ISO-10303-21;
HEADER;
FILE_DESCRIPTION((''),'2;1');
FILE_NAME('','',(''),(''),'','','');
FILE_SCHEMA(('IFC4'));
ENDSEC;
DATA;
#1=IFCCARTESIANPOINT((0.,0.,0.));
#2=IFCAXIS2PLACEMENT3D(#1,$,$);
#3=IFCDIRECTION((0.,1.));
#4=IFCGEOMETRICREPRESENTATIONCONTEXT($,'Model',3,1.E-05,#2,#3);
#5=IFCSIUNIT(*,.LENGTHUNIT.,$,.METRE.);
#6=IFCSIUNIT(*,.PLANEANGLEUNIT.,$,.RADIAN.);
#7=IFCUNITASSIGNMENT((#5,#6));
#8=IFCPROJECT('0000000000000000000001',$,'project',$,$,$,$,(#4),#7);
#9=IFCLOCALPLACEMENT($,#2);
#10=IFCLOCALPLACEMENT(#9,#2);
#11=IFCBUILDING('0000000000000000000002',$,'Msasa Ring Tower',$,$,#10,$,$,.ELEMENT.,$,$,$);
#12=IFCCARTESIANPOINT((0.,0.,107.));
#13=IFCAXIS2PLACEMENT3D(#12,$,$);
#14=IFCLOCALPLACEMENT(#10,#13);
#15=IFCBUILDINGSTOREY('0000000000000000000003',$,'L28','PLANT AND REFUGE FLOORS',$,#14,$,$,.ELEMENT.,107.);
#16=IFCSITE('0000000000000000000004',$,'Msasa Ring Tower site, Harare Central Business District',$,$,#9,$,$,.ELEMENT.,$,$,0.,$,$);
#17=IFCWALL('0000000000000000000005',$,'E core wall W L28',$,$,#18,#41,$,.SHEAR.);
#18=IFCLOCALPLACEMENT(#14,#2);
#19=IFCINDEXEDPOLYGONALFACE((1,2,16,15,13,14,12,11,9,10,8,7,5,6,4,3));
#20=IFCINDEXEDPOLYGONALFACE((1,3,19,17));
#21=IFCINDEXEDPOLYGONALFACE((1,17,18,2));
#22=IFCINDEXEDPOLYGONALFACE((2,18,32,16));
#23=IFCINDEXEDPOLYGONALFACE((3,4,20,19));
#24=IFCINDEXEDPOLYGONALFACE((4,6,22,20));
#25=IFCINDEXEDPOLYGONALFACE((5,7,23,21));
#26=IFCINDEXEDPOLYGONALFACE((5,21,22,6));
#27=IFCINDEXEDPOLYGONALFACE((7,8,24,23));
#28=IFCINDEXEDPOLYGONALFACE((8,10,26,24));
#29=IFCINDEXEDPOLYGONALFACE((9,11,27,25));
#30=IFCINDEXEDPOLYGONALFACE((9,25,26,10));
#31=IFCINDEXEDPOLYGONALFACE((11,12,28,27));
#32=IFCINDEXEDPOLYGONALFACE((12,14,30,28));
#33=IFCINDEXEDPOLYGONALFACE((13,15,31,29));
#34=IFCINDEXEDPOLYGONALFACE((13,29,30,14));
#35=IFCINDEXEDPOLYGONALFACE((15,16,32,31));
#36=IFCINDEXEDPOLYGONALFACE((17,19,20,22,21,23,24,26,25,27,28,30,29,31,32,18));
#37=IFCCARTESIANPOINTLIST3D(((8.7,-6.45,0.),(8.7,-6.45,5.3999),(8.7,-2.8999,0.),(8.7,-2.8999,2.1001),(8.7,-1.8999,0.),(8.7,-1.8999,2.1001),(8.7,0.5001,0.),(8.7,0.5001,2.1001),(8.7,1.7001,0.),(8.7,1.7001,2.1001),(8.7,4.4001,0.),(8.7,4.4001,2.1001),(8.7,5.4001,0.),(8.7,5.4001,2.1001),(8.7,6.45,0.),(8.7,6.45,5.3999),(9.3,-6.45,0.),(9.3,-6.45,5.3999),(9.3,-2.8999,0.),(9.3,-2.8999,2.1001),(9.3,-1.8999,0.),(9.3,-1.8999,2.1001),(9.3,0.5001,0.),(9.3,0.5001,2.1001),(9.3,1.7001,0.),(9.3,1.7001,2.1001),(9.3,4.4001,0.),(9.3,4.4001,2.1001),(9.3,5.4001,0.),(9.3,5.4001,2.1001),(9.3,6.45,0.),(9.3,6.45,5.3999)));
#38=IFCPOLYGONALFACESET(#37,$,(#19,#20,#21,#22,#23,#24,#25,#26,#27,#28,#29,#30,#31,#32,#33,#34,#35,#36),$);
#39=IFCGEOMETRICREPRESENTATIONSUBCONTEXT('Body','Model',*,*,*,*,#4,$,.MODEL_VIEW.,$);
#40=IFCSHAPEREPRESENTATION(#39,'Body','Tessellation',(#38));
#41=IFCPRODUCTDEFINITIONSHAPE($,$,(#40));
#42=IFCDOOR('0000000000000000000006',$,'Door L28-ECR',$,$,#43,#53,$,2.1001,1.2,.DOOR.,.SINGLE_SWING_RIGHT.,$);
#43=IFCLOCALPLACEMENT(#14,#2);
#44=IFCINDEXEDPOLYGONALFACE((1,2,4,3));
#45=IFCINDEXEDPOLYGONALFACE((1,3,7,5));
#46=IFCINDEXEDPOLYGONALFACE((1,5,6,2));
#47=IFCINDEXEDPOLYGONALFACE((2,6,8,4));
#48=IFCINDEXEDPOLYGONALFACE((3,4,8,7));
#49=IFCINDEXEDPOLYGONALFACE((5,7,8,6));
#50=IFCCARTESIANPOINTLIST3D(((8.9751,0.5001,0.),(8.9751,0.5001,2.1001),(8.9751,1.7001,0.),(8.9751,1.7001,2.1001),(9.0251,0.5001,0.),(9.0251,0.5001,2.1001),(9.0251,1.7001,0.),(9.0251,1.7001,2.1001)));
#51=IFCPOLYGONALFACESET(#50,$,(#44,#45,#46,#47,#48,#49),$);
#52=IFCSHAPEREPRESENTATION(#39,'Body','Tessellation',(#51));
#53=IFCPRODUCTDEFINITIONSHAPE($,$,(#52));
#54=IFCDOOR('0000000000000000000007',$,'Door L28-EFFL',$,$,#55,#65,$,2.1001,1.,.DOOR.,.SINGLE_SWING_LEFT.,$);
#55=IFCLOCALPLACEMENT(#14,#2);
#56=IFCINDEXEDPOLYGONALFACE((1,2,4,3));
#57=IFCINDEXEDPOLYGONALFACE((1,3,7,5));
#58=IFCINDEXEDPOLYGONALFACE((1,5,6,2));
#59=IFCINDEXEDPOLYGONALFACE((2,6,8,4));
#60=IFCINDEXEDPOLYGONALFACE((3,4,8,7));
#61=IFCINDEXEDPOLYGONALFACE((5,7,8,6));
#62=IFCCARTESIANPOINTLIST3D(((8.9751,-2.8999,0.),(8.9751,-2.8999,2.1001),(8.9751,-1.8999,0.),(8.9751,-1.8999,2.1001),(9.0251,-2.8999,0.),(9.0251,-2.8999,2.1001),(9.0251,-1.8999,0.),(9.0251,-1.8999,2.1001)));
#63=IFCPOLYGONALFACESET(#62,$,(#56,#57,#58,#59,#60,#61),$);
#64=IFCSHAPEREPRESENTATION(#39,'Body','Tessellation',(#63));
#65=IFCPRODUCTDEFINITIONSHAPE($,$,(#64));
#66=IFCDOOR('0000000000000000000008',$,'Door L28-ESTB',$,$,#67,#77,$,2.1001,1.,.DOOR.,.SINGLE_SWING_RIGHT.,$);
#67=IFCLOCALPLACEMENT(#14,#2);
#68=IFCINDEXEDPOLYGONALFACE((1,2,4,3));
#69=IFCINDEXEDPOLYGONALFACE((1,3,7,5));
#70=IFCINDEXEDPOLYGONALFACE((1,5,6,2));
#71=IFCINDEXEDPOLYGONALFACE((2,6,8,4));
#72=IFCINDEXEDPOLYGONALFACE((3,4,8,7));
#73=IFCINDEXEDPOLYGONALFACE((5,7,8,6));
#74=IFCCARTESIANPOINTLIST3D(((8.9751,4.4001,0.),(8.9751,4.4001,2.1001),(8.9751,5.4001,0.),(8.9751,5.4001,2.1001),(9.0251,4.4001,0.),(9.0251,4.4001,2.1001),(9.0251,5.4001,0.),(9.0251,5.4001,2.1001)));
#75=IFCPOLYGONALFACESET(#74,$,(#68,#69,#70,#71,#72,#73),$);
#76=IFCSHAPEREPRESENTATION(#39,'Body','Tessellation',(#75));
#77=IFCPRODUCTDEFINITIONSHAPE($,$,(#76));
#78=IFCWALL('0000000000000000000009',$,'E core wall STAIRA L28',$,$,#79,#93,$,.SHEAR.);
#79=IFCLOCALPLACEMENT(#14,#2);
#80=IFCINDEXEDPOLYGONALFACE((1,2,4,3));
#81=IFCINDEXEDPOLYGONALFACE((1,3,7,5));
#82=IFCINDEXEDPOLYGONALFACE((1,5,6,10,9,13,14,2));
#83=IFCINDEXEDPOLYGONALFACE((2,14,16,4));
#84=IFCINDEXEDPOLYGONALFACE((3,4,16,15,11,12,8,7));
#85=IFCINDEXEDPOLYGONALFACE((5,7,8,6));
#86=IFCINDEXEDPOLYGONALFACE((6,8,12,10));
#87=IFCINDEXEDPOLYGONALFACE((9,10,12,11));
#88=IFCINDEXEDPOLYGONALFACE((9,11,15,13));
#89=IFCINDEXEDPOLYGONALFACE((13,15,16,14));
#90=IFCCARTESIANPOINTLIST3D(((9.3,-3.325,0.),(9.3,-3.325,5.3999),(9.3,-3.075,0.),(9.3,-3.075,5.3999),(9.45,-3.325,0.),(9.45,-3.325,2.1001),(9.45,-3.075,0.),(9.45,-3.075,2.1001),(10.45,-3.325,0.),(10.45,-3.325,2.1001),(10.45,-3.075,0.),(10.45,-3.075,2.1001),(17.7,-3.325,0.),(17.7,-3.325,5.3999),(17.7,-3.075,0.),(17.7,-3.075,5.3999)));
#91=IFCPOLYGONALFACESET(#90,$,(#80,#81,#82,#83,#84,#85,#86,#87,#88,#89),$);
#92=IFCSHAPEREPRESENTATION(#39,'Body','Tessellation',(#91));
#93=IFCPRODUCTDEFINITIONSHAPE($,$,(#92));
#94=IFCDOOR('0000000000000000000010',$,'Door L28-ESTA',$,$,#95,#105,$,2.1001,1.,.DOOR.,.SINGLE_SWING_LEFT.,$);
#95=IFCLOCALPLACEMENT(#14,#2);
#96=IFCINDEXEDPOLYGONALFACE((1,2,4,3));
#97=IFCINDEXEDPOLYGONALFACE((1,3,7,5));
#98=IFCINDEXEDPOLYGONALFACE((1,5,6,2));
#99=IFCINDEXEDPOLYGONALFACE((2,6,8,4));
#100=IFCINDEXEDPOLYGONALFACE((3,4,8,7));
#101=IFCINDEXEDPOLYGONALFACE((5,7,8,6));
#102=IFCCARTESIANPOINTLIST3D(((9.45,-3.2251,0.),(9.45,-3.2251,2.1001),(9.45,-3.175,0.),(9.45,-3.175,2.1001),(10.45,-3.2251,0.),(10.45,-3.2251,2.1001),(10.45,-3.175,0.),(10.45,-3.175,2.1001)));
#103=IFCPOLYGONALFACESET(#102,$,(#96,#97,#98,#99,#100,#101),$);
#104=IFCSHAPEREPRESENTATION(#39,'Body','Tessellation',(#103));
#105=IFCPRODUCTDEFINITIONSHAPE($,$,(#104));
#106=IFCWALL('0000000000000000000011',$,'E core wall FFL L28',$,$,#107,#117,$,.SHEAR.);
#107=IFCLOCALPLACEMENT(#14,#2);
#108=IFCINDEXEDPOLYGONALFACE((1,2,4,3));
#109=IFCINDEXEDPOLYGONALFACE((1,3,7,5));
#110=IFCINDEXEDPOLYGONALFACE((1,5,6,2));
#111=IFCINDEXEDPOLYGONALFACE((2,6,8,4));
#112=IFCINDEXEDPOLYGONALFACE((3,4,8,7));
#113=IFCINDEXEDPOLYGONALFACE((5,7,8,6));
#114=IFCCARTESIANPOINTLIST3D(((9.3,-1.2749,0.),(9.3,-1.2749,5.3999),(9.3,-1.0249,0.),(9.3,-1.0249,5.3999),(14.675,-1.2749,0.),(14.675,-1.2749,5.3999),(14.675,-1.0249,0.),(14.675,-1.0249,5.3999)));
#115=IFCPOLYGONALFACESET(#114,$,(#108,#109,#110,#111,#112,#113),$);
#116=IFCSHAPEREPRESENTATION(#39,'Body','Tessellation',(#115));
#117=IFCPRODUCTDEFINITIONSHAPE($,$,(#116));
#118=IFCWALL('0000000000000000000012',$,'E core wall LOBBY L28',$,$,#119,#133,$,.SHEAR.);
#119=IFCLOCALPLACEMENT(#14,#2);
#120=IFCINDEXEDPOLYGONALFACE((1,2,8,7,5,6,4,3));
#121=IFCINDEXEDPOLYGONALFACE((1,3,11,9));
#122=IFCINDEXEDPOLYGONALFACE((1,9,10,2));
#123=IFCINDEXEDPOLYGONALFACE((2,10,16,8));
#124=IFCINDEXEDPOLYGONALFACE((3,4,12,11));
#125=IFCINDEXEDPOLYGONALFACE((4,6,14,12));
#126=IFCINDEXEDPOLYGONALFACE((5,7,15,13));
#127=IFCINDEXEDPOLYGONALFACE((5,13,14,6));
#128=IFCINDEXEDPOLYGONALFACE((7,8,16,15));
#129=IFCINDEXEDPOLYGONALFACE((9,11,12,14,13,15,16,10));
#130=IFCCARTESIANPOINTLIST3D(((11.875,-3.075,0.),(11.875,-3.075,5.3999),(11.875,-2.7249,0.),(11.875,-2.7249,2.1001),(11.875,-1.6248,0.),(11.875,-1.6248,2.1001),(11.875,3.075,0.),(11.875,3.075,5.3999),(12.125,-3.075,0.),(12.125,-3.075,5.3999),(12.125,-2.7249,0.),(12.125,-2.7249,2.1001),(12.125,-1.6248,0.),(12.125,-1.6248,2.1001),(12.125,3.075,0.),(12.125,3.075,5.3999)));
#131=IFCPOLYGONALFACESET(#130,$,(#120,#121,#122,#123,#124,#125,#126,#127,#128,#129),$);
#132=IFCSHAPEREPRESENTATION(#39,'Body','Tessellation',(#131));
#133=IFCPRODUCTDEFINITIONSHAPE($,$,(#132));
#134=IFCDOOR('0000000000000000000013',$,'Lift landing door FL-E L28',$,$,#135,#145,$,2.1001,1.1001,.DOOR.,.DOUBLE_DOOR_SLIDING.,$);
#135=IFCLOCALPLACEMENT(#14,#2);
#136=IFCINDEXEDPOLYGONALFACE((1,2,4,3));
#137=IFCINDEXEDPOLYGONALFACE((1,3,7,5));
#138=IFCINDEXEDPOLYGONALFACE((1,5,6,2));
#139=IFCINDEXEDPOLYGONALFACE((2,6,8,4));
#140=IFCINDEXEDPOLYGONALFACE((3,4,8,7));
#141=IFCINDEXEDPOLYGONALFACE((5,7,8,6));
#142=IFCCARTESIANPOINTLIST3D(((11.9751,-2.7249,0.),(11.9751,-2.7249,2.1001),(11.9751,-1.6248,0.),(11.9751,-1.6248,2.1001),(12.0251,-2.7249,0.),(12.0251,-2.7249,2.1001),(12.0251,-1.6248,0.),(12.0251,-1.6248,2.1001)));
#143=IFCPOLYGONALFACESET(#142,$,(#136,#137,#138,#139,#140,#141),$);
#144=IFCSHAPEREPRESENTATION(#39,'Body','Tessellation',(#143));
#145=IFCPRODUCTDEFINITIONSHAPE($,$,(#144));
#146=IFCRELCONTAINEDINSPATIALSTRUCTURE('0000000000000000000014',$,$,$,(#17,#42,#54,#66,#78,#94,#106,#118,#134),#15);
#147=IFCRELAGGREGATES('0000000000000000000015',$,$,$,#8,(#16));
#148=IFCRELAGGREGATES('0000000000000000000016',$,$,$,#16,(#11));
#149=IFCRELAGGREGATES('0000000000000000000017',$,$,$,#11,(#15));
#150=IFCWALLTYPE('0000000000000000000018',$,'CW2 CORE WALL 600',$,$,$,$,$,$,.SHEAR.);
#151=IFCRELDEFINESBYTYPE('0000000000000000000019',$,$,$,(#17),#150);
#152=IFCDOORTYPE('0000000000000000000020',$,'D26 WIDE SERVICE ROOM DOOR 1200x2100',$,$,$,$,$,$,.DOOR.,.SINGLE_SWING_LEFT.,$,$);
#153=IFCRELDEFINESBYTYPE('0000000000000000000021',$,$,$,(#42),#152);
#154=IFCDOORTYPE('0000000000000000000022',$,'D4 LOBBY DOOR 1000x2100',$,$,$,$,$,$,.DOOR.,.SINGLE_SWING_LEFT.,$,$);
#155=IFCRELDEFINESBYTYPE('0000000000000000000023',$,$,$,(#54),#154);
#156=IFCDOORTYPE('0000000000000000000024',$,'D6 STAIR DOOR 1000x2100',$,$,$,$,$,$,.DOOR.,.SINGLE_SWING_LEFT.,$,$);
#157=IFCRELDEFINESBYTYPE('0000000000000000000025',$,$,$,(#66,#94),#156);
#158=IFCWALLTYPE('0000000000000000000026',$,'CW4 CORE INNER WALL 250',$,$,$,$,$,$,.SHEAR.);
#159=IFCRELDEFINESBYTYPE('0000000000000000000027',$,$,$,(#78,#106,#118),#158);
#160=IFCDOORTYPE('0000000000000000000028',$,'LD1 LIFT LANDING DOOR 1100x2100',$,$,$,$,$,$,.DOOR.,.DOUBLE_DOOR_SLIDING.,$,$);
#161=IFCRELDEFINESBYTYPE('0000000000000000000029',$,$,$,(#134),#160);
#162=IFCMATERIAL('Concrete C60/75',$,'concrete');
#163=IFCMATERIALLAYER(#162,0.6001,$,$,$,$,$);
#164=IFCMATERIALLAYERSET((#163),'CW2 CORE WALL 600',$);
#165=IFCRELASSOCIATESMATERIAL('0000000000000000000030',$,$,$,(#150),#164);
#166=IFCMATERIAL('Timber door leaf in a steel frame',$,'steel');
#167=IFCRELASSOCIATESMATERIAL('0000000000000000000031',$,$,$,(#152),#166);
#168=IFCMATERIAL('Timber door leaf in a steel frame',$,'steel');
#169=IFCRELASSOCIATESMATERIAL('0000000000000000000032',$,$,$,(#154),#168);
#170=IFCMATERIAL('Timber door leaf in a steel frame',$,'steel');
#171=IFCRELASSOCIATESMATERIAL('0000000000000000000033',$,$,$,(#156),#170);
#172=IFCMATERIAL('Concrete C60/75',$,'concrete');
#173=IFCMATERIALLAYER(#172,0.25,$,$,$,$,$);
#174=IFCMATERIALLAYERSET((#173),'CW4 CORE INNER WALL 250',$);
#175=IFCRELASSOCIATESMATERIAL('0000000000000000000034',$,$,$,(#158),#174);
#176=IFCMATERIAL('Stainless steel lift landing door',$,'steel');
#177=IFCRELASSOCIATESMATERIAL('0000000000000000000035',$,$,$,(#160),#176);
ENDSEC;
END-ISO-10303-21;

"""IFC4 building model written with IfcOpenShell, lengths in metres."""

from ifc_helpers import new_model, si_unit, direction, frame, frame_2d, origin, place, context, subcontext, project, spatial, rectangle, extrude, material, layer, layer_set, type_object, element, fill, save


model = new_model("IFC4")

# Units and contexts
model_context = context("Model", 3, precision=1e-05, world=origin(), true_north=direction((0.0, 1.0)))
body_context = subcontext(model_context, "Body", "Model", "MODEL_VIEW")
ifc_project = project(units=[si_unit("LENGTHUNIT", "METRE"), si_unit("PLANEANGLEUNIT", "RADIAN")], contexts=[model_context])

# Site, building, storey
site_placement = place(None, origin())
site = spatial("IfcSite", under=ifc_project, at=site_placement, Name="Msasa Ring Tower site, Harare Central Business District", CompositionType="ELEMENT", RefElevation=0.0)
building_placement = place(site_placement, origin())
building = spatial("IfcBuilding", under=site, at=building_placement, Name="Msasa Ring Tower", CompositionType="ELEMENT")
storey_placement = place(building_placement, frame((0.0, 0.0, 107.0)))
storey = spatial("IfcBuildingStorey", under=building, at=storey_placement, Name="L28", Description="PLANT AND REFUGE FLOORS", CompositionType="ELEMENT", Elevation=107.0)

# Shared definitions
ifc_material_1 = material(Name="Concrete C60/75", Category="concrete")
ifc_layer_1 = layer(ifc_material_1, 0.6001)
ifc_layer_set_1 = layer_set([ifc_layer_1], Name="CW2 CORE WALL 600")
wall_type_1 = type_object("IfcWallType", Name="CW2 CORE WALL 600", PredefinedType="SHEAR", material=ifc_layer_set_1)

# Wall, openings, doors
wall_1_placement = place(storey_placement, frame((9.0, -6.45, 0.0), z_axis=(0.0, 0.0, 1.0), x_axis=(0.0, 1.0, 0.0)))
wall_1 = element("IfcWall", 1, at=wall_1_placement, inside=storey, type_object=wall_type_1, Name="E core wall W L28", PredefinedType="SHEAR", context=body_context, shape_type="SweptSolid", body=[
    extrude(rectangle(XDim=12.8999, YDim=0.6001, at=frame_2d((6.45, 0.0))), origin(), (0.0, 0.0, 1.0), 5.3999),
])
opening_1_placement = place(wall_1_placement, frame((3.55, 0.0, 0.0)))
opening_1 = element("IfcOpeningElement", 2, at=opening_1_placement, cuts=wall_1, PredefinedType="OPENING", context=body_context, shape_type="SweptSolid", body=[
    extrude(rectangle(XDim=1.0, YDim=2.1001, at=frame_2d((0.5, 1.05))), frame((0.0, 0.3101, 0.0), z_axis=(0.0, -1.0, 0.0), x_axis=(1.0, 0.0, 0.0)), (0.0, 0.0, 1.0), 0.6201),
])
opening_2_placement = place(wall_1_placement, frame((6.95, 0.0, 0.0)))
opening_2 = element("IfcOpeningElement", 3, at=opening_2_placement, cuts=wall_1, PredefinedType="OPENING", context=body_context, shape_type="SweptSolid", body=[
    extrude(rectangle(XDim=1.2, YDim=2.1001, at=frame_2d((0.6001, 1.05))), frame((0.0, 0.3101, 0.0), z_axis=(0.0, -1.0, 0.0), x_axis=(1.0, 0.0, 0.0)), (0.0, 0.0, 1.0), 0.6201),
])
opening_3_placement = place(wall_1_placement, frame((10.8501, 0.0, 0.0)))
opening_3 = element("IfcOpeningElement", 4, at=opening_3_placement, cuts=wall_1, PredefinedType="OPENING", context=body_context, shape_type="SweptSolid", body=[
    extrude(rectangle(XDim=1.0, YDim=2.1001, at=frame_2d((0.5, 1.05))), frame((0.0, 0.3101, 0.0), z_axis=(0.0, -1.0, 0.0), x_axis=(1.0, 0.0, 0.0)), (0.0, 0.0, 1.0), 0.6201),
])
ifc_material_2 = material(Name="Timber door leaf in a steel frame", Category="steel")
door_type_1 = type_object("IfcDoorType", Name="D26 WIDE SERVICE ROOM DOOR 1200x2100", OperationType="SINGLE_SWING_LEFT", PredefinedType="DOOR", material=ifc_material_2)
door_1_placement = place(opening_2_placement, origin())
door_1 = element("IfcDoor", 5, at=door_1_placement, inside=storey, type_object=door_type_1, Name="Door L28-ECR", OperationType="SINGLE_SWING_RIGHT", OverallHeight=2.1001, OverallWidth=1.2, PredefinedType="DOOR", context=body_context, shape_type="SweptSolid", body=[
    extrude(rectangle(XDim=1.2, YDim=2.1001, at=frame_2d((0.6001, 1.05))), frame((0.0, 0.0249, 0.0), z_axis=(0.0, -1.0, 0.0), x_axis=(1.0, 0.0, 0.0)), (0.0, 0.0, 1.0), 0.05),
])
fill(opening_2, door_1)
ifc_material_3 = material(Name="Timber door leaf in a steel frame", Category="steel")
door_type_2 = type_object("IfcDoorType", Name="D4 LOBBY DOOR 1000x2100", OperationType="SINGLE_SWING_LEFT", PredefinedType="DOOR", material=ifc_material_3)
door_2_placement = place(opening_1_placement, origin())
door_2 = element("IfcDoor", 6, at=door_2_placement, inside=storey, type_object=door_type_2, Name="Door L28-EFFL", OperationType="SINGLE_SWING_LEFT", OverallHeight=2.1001, OverallWidth=1.0, PredefinedType="DOOR", context=body_context, shape_type="SweptSolid", body=[
    extrude(rectangle(XDim=1.0, YDim=2.1001, at=frame_2d((0.5, 1.05))), frame((0.0, 0.0249, 0.0), z_axis=(0.0, -1.0, 0.0), x_axis=(1.0, 0.0, 0.0)), (0.0, 0.0, 1.0), 0.05),
])
fill(opening_1, door_2)
ifc_material_4 = material(Name="Timber door leaf in a steel frame", Category="steel")
door_type_3 = type_object("IfcDoorType", Name="D6 STAIR DOOR 1000x2100", OperationType="SINGLE_SWING_LEFT", PredefinedType="DOOR", material=ifc_material_4)
door_3_placement = place(opening_3_placement, origin())
door_3 = element("IfcDoor", 7, at=door_3_placement, inside=storey, type_object=door_type_3, Name="Door L28-ESTB", OperationType="SINGLE_SWING_RIGHT", OverallHeight=2.1001, OverallWidth=1.0, PredefinedType="DOOR", context=body_context, shape_type="SweptSolid", body=[
    extrude(rectangle(XDim=1.0, YDim=2.1001, at=frame_2d((0.5, 1.05))), frame((0.0, 0.0249, 0.0), z_axis=(0.0, -1.0, 0.0), x_axis=(1.0, 0.0, 0.0)), (0.0, 0.0, 1.0), 0.05),
])
fill(opening_3, door_3)

# Wall, opening, door
ifc_material_5 = material(Name="Concrete C60/75", Category="concrete")
ifc_layer_2 = layer(ifc_material_5, 0.25)
ifc_layer_set_2 = layer_set([ifc_layer_2], Name="CW4 CORE INNER WALL 250")
wall_type_2 = type_object("IfcWallType", Name="CW4 CORE INNER WALL 250", PredefinedType="SHEAR", material=ifc_layer_set_2)
wall_2_placement = place(storey_placement, frame((9.3, -3.2, 0.0), z_axis=(0.0, 0.0, 1.0), x_axis=(1.0, 0.0, 0.0)))
wall_2 = element("IfcWall", 8, at=wall_2_placement, inside=storey, type_object=wall_type_2, Name="E core wall STAIRA L28", PredefinedType="SHEAR", context=body_context, shape_type="SweptSolid", body=[
    extrude(rectangle(XDim=8.3999, YDim=0.25, at=frame_2d((4.2, 0.0))), origin(), (0.0, 0.0, 1.0), 5.3999),
])
opening_4_placement = place(wall_2_placement, frame((0.1499, 0.0, 0.0)))
opening_4 = element("IfcOpeningElement", 9, at=opening_4_placement, cuts=wall_2, PredefinedType="OPENING", context=body_context, shape_type="SweptSolid", body=[
    extrude(rectangle(XDim=1.0, YDim=2.1001, at=frame_2d((0.5, 1.05))), frame((0.0, 0.135, 0.0), z_axis=(0.0, -1.0, 0.0), x_axis=(1.0, 0.0, 0.0)), (0.0, 0.0, 1.0), 0.27),
])
door_4_placement = place(opening_4_placement, origin())
door_4 = element("IfcDoor", 10, at=door_4_placement, inside=storey, type_object=door_type_3, Name="Door L28-ESTA", OperationType="SINGLE_SWING_LEFT", OverallHeight=2.1001, OverallWidth=1.0, PredefinedType="DOOR", context=body_context, shape_type="SweptSolid", body=[
    extrude(rectangle(XDim=1.0, YDim=2.1001, at=frame_2d((0.5, 1.05))), frame((0.0, 0.0249, 0.0), z_axis=(0.0, -1.0, 0.0), x_axis=(1.0, 0.0, 0.0)), (0.0, 0.0, 1.0), 0.05),
])
fill(opening_4, door_4)

# Wall
wall_3_placement = place(storey_placement, frame((9.3, -1.1499, 0.0), z_axis=(0.0, 0.0, 1.0), x_axis=(1.0, 0.0, 0.0)))
element("IfcWall", 11, at=wall_3_placement, inside=storey, type_object=wall_type_2, Name="E core wall FFL L28", PredefinedType="SHEAR", context=body_context, shape_type="SweptSolid", body=[
    extrude(rectangle(XDim=5.375, YDim=0.25, at=frame_2d((2.6875, 0.0))), origin(), (0.0, 0.0, 1.0), 5.3999),
])

# Wall, opening, door
wall_4_placement = place(storey_placement, frame((12.0, -3.075, 0.0), z_axis=(0.0, 0.0, 1.0), x_axis=(0.0, 1.0, 0.0)))
wall_4 = element("IfcWall", 12, at=wall_4_placement, inside=storey, type_object=wall_type_2, Name="E core wall LOBBY L28", PredefinedType="SHEAR", context=body_context, shape_type="SweptSolid", body=[
    extrude(rectangle(XDim=6.1499, YDim=0.25, at=frame_2d((3.075, 0.0))), origin(), (0.0, 0.0, 1.0), 5.3999),
])
opening_5_placement = place(wall_4_placement, frame((0.3501, 0.0, 0.0)))
opening_5 = element("IfcOpeningElement", 13, at=opening_5_placement, cuts=wall_4, PredefinedType="OPENING", context=body_context, shape_type="SweptSolid", body=[
    extrude(rectangle(XDim=1.1001, YDim=2.1001, at=frame_2d((0.55, 1.05))), frame((0.0, 0.135, 0.0), z_axis=(0.0, -1.0, 0.0), x_axis=(1.0, 0.0, 0.0)), (0.0, 0.0, 1.0), 0.27),
])
ifc_material_6 = material(Name="Stainless steel lift landing door", Category="steel")
door_type_4 = type_object("IfcDoorType", Name="LD1 LIFT LANDING DOOR 1100x2100", OperationType="DOUBLE_DOOR_SLIDING", PredefinedType="DOOR", material=ifc_material_6)
door_5_placement = place(opening_5_placement, origin())
door_5 = element("IfcDoor", 14, at=door_5_placement, inside=storey, type_object=door_type_4, Name="Lift landing door FL-E L28", OperationType="DOUBLE_DOOR_SLIDING", OverallHeight=2.1001, OverallWidth=1.1001, PredefinedType="DOOR", context=body_context, shape_type="SweptSolid", body=[
    extrude(rectangle(XDim=1.1001, YDim=2.1001, at=frame_2d((0.55, 1.05))), frame((0.0, 0.0249, 0.0), z_axis=(0.0, -1.0, 0.0), x_axis=(1.0, 0.0, 0.0)), (0.0, 0.0, 1.0), 0.05),
])
fill(opening_5, door_5)

save(model, "model.ifc")
